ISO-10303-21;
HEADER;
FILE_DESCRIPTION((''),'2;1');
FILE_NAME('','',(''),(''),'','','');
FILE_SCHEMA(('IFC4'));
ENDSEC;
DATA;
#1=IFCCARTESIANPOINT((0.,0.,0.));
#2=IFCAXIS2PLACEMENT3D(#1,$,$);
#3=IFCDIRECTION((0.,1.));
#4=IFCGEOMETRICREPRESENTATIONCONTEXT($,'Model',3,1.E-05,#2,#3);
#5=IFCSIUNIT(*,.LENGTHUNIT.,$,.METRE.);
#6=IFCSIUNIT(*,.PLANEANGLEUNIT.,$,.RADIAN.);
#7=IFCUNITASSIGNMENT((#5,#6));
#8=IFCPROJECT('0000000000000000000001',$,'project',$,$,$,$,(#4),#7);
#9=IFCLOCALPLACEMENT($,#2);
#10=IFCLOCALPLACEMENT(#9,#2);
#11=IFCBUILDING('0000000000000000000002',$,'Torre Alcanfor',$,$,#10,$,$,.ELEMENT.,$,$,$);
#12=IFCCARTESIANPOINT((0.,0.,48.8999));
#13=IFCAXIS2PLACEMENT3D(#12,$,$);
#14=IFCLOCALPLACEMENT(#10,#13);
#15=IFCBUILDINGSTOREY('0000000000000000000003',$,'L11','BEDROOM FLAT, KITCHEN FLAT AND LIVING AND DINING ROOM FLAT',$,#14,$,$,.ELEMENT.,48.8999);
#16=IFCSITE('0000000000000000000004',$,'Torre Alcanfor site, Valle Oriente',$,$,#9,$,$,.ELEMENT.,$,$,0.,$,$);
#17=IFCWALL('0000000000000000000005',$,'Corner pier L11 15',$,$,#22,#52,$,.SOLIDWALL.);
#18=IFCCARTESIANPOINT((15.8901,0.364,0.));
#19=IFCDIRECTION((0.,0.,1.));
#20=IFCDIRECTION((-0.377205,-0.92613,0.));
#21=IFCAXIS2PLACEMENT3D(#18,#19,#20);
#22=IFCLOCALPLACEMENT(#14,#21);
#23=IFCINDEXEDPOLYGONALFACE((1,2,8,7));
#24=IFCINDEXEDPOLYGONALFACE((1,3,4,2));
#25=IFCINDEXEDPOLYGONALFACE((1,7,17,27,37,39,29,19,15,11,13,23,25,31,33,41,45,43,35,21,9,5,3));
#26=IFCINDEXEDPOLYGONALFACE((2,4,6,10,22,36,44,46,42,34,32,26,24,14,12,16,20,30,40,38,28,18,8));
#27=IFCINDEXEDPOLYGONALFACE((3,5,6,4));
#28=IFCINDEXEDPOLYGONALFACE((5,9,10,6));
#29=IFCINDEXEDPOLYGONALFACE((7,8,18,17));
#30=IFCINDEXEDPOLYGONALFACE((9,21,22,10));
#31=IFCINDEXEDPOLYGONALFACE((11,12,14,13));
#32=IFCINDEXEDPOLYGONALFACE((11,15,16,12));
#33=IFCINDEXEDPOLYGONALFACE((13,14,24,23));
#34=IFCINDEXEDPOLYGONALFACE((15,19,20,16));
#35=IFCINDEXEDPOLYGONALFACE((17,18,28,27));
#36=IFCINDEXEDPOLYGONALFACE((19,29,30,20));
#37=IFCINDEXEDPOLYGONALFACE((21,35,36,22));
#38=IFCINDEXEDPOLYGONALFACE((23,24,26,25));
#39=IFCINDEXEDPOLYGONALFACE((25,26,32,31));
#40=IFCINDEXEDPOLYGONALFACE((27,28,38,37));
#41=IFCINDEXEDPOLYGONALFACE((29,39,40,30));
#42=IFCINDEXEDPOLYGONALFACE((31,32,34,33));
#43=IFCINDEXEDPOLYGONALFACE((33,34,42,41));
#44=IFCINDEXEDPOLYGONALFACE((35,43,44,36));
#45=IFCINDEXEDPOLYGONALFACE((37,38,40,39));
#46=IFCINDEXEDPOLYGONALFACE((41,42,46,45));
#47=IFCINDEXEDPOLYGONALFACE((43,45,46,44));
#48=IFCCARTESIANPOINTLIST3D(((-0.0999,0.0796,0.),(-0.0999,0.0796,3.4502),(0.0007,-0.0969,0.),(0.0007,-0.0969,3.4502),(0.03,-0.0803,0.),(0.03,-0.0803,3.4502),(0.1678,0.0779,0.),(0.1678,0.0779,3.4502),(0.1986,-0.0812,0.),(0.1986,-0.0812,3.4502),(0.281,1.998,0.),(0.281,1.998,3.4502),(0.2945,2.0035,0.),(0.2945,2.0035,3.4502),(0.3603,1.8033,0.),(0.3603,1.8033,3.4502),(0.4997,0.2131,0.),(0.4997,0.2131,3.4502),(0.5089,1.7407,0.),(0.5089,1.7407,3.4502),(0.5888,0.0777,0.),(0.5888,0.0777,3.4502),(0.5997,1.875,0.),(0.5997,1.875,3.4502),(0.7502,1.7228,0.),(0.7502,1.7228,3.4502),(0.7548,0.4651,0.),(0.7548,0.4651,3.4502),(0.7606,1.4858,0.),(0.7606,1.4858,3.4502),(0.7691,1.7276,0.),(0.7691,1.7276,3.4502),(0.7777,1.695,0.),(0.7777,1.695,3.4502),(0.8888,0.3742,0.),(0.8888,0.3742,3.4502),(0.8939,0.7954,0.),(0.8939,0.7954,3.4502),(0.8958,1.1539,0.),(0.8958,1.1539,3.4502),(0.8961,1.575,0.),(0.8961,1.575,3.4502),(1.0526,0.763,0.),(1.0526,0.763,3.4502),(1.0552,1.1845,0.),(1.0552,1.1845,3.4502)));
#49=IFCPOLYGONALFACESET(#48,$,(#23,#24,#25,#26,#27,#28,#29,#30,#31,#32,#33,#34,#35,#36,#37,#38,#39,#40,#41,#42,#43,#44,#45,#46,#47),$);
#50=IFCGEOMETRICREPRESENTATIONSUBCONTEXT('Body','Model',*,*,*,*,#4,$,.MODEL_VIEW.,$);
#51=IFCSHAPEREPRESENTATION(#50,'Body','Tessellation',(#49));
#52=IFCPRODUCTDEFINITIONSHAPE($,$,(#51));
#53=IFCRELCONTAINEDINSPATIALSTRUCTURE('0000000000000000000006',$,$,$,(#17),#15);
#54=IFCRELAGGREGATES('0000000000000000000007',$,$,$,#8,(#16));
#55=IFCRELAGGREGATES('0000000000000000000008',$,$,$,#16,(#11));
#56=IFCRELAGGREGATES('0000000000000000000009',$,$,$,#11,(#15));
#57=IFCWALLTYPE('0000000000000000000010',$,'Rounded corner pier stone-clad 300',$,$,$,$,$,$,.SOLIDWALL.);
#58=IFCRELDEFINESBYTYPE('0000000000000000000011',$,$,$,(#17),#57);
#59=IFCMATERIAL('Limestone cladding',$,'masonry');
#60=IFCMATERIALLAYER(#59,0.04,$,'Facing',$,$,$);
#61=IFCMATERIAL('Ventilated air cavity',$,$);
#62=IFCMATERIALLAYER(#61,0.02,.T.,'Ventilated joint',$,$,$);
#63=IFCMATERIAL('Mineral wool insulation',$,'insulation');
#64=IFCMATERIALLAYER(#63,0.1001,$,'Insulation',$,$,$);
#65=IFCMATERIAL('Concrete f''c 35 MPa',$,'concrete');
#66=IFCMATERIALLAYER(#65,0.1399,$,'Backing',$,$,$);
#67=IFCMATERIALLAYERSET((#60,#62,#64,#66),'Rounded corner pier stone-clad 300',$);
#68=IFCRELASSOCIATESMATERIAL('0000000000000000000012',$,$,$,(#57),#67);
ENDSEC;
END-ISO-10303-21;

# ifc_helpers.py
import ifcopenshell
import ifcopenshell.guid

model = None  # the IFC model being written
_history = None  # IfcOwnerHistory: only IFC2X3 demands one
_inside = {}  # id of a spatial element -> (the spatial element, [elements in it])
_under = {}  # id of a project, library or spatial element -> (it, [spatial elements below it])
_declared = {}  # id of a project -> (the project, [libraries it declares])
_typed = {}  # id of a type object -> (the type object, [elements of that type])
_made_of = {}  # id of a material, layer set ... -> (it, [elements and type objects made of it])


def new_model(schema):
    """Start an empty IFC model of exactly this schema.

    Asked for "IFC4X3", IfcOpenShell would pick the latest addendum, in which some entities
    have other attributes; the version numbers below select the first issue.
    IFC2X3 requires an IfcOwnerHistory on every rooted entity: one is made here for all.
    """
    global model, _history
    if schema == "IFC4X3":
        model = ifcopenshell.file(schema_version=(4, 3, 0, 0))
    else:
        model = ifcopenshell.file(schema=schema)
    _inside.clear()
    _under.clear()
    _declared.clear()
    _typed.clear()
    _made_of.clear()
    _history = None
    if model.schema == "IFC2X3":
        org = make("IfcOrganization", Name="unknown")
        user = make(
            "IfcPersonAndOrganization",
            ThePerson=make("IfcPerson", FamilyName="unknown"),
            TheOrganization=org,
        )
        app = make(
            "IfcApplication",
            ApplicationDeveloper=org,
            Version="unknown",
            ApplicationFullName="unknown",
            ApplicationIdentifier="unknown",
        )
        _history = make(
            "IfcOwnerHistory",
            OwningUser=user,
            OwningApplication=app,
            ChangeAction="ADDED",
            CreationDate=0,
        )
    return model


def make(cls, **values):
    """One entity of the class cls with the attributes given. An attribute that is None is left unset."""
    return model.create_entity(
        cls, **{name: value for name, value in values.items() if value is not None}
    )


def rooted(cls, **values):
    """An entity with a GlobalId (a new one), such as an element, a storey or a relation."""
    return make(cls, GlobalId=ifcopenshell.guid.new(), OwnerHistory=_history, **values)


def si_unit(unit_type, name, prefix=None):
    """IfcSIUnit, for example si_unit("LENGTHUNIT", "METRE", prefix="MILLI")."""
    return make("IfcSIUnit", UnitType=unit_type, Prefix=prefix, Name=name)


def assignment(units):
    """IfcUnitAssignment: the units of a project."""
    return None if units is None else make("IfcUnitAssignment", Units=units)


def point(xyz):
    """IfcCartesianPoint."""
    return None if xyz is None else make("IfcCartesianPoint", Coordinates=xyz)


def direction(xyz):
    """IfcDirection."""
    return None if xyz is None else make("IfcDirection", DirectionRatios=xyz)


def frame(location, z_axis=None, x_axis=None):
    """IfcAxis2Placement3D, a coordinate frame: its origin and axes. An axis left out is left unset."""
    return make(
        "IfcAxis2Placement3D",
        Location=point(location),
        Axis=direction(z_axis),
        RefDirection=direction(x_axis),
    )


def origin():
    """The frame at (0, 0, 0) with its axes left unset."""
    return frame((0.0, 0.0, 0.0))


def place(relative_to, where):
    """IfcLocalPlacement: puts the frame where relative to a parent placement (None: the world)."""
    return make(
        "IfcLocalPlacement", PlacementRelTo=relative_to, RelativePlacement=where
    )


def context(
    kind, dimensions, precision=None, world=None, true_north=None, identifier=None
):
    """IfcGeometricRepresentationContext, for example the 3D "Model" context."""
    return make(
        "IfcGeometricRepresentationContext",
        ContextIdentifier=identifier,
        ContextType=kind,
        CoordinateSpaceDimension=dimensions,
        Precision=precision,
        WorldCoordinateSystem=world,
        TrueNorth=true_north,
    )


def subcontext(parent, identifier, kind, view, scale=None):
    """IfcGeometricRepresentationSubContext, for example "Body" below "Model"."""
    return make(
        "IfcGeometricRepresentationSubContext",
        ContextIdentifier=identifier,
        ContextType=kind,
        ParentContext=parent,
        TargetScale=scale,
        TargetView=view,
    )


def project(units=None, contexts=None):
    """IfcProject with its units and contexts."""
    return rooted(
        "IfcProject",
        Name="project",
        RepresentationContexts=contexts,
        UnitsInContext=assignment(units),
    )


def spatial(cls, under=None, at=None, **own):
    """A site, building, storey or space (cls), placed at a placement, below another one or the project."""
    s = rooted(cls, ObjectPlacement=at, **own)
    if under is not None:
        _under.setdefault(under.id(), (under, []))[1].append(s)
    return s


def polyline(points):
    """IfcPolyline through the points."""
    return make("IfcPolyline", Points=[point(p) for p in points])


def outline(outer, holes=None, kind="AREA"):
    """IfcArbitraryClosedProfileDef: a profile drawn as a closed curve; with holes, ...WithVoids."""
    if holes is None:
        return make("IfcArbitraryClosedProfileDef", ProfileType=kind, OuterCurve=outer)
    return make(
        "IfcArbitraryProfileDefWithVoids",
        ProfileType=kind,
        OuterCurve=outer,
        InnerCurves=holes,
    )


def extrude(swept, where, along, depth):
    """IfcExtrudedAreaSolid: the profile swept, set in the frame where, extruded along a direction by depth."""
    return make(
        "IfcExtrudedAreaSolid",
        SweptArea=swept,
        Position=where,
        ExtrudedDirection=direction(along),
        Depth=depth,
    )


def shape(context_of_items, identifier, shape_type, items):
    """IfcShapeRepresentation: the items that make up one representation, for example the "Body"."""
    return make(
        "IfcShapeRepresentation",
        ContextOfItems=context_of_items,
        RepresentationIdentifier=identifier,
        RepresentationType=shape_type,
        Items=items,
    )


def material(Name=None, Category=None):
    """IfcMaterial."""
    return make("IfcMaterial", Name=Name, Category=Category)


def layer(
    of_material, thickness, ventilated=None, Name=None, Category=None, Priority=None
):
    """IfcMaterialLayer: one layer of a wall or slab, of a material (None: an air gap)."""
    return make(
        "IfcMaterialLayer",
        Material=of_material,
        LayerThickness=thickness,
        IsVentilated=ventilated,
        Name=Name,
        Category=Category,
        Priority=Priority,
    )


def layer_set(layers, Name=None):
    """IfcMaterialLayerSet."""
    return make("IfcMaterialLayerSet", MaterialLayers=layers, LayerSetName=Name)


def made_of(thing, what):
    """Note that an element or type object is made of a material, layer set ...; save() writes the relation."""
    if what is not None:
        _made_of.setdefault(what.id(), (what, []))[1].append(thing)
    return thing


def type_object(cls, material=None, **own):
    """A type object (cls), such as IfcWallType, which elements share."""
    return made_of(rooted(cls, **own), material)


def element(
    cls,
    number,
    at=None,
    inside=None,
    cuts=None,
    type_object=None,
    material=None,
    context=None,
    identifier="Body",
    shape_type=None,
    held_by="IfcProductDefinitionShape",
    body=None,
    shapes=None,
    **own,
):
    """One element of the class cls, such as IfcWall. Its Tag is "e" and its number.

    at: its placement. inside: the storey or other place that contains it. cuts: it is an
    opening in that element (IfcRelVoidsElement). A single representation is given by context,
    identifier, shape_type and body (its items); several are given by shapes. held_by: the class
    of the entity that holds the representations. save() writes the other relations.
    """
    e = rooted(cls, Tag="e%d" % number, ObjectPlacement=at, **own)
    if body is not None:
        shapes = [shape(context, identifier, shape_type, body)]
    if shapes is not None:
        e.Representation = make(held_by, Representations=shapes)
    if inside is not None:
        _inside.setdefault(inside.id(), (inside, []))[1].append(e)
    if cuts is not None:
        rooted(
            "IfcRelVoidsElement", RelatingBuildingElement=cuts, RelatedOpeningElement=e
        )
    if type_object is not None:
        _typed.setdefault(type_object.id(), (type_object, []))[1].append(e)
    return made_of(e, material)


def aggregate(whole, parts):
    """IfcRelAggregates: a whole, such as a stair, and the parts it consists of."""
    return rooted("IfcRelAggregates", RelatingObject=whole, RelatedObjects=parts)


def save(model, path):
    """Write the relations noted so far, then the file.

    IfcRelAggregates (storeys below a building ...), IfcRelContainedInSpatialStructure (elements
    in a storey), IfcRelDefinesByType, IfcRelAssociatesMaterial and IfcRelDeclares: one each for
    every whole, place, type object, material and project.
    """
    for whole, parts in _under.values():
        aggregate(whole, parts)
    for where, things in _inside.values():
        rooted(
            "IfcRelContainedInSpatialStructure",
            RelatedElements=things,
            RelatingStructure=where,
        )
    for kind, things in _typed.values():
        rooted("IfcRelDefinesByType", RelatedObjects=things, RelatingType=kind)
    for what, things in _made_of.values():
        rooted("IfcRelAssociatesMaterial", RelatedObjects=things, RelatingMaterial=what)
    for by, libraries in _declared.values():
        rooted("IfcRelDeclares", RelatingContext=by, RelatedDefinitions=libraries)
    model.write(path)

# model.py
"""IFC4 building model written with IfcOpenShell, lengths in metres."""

from ifc_helpers import new_model, si_unit, direction, frame, origin, place, context, subcontext, project, spatial, polyline, outline, extrude, material, layer, layer_set, type_object, element, save


model = new_model("IFC4")

# Units and contexts
model_context = context("Model", 3, precision=1e-05, world=origin(), true_north=direction((0.0, 1.0)))
body_context = subcontext(model_context, "Body", "Model", "MODEL_VIEW")
ifc_project = project(units=[si_unit("LENGTHUNIT", "METRE"), si_unit("PLANEANGLEUNIT", "RADIAN")], contexts=[model_context])

# Site, building, storey
site_placement = place(None, origin())
site = spatial("IfcSite", under=ifc_project, at=site_placement, Name="Torre Alcanfor site, Valle Oriente", CompositionType="ELEMENT", RefElevation=0.0)
building_placement = place(site_placement, origin())
building = spatial("IfcBuilding", under=site, at=building_placement, Name="Torre Alcanfor", CompositionType="ELEMENT")
storey_placement = place(building_placement, frame((0.0, 0.0, 48.8999)))
storey = spatial("IfcBuildingStorey", under=building, at=storey_placement, Name="L11", Description="BEDROOM FLAT, KITCHEN FLAT AND LIVING AND DINING ROOM FLAT", CompositionType="ELEMENT", Elevation=48.8999)

# Wall
ifc_material_1 = material(Name="Limestone cladding", Category="masonry")
ifc_layer_1 = layer(ifc_material_1, 0.04, Name="Facing")
ifc_material_2 = material(Name="Ventilated air cavity")
ifc_layer_2 = layer(ifc_material_2, 0.02, ventilated=True, Name="Ventilated joint")
ifc_material_3 = material(Name="Mineral wool insulation", Category="insulation")
ifc_layer_3 = layer(ifc_material_3, 0.1001, Name="Insulation")
ifc_material_4 = material(Name="Concrete f'c 35 MPa", Category="concrete")
ifc_layer_4 = layer(ifc_material_4, 0.1399, Name="Backing")
ifc_layer_set_1 = layer_set([ifc_layer_1, ifc_layer_2, ifc_layer_3, ifc_layer_4], Name="Rounded corner pier stone-clad 300")
wall_type = type_object("IfcWallType", Name="Rounded corner pier stone-clad 300", PredefinedType="SOLIDWALL", material=ifc_layer_set_1)
wall_placement = place(storey_placement, frame((15.8901, 0.364, 0.0), z_axis=(0.0, 0.0, 1.0), x_axis=(-0.377205, -0.92613, 0.0)))
element("IfcWall", 1, at=wall_placement, inside=storey, type_object=wall_type, Name="Corner pier L11 15", PredefinedType="SOLIDWALL", context=body_context, shape_type="SweptSolid", body=[
    extrude(outline(polyline([(0.3603, 1.8033), (0.5089, 1.7407), (0.7606, 1.4858), (0.8958, 1.1539), (0.8939, 0.7954), (0.7548, 0.4651), (0.4997, 0.2131), (0.1678, 0.0779), (-0.0999, 0.0796), (0.0007, -0.0969), (0.03, -0.0803), (0.1986, -0.0812), (0.5888, 0.0777), (0.8888, 0.3742), (1.0526, 0.763), (1.0552, 1.1845), (0.8961, 1.575), (0.7777, 1.695), (0.7691, 1.7276), (0.7502, 1.7228), (0.5997, 1.875), (0.2945, 2.0035), (0.281, 1.998), (0.3603, 1.8033)])), origin(), (0.0, 0.0, 1.0), 3.4502),
])

save(model, "model.ifc")
